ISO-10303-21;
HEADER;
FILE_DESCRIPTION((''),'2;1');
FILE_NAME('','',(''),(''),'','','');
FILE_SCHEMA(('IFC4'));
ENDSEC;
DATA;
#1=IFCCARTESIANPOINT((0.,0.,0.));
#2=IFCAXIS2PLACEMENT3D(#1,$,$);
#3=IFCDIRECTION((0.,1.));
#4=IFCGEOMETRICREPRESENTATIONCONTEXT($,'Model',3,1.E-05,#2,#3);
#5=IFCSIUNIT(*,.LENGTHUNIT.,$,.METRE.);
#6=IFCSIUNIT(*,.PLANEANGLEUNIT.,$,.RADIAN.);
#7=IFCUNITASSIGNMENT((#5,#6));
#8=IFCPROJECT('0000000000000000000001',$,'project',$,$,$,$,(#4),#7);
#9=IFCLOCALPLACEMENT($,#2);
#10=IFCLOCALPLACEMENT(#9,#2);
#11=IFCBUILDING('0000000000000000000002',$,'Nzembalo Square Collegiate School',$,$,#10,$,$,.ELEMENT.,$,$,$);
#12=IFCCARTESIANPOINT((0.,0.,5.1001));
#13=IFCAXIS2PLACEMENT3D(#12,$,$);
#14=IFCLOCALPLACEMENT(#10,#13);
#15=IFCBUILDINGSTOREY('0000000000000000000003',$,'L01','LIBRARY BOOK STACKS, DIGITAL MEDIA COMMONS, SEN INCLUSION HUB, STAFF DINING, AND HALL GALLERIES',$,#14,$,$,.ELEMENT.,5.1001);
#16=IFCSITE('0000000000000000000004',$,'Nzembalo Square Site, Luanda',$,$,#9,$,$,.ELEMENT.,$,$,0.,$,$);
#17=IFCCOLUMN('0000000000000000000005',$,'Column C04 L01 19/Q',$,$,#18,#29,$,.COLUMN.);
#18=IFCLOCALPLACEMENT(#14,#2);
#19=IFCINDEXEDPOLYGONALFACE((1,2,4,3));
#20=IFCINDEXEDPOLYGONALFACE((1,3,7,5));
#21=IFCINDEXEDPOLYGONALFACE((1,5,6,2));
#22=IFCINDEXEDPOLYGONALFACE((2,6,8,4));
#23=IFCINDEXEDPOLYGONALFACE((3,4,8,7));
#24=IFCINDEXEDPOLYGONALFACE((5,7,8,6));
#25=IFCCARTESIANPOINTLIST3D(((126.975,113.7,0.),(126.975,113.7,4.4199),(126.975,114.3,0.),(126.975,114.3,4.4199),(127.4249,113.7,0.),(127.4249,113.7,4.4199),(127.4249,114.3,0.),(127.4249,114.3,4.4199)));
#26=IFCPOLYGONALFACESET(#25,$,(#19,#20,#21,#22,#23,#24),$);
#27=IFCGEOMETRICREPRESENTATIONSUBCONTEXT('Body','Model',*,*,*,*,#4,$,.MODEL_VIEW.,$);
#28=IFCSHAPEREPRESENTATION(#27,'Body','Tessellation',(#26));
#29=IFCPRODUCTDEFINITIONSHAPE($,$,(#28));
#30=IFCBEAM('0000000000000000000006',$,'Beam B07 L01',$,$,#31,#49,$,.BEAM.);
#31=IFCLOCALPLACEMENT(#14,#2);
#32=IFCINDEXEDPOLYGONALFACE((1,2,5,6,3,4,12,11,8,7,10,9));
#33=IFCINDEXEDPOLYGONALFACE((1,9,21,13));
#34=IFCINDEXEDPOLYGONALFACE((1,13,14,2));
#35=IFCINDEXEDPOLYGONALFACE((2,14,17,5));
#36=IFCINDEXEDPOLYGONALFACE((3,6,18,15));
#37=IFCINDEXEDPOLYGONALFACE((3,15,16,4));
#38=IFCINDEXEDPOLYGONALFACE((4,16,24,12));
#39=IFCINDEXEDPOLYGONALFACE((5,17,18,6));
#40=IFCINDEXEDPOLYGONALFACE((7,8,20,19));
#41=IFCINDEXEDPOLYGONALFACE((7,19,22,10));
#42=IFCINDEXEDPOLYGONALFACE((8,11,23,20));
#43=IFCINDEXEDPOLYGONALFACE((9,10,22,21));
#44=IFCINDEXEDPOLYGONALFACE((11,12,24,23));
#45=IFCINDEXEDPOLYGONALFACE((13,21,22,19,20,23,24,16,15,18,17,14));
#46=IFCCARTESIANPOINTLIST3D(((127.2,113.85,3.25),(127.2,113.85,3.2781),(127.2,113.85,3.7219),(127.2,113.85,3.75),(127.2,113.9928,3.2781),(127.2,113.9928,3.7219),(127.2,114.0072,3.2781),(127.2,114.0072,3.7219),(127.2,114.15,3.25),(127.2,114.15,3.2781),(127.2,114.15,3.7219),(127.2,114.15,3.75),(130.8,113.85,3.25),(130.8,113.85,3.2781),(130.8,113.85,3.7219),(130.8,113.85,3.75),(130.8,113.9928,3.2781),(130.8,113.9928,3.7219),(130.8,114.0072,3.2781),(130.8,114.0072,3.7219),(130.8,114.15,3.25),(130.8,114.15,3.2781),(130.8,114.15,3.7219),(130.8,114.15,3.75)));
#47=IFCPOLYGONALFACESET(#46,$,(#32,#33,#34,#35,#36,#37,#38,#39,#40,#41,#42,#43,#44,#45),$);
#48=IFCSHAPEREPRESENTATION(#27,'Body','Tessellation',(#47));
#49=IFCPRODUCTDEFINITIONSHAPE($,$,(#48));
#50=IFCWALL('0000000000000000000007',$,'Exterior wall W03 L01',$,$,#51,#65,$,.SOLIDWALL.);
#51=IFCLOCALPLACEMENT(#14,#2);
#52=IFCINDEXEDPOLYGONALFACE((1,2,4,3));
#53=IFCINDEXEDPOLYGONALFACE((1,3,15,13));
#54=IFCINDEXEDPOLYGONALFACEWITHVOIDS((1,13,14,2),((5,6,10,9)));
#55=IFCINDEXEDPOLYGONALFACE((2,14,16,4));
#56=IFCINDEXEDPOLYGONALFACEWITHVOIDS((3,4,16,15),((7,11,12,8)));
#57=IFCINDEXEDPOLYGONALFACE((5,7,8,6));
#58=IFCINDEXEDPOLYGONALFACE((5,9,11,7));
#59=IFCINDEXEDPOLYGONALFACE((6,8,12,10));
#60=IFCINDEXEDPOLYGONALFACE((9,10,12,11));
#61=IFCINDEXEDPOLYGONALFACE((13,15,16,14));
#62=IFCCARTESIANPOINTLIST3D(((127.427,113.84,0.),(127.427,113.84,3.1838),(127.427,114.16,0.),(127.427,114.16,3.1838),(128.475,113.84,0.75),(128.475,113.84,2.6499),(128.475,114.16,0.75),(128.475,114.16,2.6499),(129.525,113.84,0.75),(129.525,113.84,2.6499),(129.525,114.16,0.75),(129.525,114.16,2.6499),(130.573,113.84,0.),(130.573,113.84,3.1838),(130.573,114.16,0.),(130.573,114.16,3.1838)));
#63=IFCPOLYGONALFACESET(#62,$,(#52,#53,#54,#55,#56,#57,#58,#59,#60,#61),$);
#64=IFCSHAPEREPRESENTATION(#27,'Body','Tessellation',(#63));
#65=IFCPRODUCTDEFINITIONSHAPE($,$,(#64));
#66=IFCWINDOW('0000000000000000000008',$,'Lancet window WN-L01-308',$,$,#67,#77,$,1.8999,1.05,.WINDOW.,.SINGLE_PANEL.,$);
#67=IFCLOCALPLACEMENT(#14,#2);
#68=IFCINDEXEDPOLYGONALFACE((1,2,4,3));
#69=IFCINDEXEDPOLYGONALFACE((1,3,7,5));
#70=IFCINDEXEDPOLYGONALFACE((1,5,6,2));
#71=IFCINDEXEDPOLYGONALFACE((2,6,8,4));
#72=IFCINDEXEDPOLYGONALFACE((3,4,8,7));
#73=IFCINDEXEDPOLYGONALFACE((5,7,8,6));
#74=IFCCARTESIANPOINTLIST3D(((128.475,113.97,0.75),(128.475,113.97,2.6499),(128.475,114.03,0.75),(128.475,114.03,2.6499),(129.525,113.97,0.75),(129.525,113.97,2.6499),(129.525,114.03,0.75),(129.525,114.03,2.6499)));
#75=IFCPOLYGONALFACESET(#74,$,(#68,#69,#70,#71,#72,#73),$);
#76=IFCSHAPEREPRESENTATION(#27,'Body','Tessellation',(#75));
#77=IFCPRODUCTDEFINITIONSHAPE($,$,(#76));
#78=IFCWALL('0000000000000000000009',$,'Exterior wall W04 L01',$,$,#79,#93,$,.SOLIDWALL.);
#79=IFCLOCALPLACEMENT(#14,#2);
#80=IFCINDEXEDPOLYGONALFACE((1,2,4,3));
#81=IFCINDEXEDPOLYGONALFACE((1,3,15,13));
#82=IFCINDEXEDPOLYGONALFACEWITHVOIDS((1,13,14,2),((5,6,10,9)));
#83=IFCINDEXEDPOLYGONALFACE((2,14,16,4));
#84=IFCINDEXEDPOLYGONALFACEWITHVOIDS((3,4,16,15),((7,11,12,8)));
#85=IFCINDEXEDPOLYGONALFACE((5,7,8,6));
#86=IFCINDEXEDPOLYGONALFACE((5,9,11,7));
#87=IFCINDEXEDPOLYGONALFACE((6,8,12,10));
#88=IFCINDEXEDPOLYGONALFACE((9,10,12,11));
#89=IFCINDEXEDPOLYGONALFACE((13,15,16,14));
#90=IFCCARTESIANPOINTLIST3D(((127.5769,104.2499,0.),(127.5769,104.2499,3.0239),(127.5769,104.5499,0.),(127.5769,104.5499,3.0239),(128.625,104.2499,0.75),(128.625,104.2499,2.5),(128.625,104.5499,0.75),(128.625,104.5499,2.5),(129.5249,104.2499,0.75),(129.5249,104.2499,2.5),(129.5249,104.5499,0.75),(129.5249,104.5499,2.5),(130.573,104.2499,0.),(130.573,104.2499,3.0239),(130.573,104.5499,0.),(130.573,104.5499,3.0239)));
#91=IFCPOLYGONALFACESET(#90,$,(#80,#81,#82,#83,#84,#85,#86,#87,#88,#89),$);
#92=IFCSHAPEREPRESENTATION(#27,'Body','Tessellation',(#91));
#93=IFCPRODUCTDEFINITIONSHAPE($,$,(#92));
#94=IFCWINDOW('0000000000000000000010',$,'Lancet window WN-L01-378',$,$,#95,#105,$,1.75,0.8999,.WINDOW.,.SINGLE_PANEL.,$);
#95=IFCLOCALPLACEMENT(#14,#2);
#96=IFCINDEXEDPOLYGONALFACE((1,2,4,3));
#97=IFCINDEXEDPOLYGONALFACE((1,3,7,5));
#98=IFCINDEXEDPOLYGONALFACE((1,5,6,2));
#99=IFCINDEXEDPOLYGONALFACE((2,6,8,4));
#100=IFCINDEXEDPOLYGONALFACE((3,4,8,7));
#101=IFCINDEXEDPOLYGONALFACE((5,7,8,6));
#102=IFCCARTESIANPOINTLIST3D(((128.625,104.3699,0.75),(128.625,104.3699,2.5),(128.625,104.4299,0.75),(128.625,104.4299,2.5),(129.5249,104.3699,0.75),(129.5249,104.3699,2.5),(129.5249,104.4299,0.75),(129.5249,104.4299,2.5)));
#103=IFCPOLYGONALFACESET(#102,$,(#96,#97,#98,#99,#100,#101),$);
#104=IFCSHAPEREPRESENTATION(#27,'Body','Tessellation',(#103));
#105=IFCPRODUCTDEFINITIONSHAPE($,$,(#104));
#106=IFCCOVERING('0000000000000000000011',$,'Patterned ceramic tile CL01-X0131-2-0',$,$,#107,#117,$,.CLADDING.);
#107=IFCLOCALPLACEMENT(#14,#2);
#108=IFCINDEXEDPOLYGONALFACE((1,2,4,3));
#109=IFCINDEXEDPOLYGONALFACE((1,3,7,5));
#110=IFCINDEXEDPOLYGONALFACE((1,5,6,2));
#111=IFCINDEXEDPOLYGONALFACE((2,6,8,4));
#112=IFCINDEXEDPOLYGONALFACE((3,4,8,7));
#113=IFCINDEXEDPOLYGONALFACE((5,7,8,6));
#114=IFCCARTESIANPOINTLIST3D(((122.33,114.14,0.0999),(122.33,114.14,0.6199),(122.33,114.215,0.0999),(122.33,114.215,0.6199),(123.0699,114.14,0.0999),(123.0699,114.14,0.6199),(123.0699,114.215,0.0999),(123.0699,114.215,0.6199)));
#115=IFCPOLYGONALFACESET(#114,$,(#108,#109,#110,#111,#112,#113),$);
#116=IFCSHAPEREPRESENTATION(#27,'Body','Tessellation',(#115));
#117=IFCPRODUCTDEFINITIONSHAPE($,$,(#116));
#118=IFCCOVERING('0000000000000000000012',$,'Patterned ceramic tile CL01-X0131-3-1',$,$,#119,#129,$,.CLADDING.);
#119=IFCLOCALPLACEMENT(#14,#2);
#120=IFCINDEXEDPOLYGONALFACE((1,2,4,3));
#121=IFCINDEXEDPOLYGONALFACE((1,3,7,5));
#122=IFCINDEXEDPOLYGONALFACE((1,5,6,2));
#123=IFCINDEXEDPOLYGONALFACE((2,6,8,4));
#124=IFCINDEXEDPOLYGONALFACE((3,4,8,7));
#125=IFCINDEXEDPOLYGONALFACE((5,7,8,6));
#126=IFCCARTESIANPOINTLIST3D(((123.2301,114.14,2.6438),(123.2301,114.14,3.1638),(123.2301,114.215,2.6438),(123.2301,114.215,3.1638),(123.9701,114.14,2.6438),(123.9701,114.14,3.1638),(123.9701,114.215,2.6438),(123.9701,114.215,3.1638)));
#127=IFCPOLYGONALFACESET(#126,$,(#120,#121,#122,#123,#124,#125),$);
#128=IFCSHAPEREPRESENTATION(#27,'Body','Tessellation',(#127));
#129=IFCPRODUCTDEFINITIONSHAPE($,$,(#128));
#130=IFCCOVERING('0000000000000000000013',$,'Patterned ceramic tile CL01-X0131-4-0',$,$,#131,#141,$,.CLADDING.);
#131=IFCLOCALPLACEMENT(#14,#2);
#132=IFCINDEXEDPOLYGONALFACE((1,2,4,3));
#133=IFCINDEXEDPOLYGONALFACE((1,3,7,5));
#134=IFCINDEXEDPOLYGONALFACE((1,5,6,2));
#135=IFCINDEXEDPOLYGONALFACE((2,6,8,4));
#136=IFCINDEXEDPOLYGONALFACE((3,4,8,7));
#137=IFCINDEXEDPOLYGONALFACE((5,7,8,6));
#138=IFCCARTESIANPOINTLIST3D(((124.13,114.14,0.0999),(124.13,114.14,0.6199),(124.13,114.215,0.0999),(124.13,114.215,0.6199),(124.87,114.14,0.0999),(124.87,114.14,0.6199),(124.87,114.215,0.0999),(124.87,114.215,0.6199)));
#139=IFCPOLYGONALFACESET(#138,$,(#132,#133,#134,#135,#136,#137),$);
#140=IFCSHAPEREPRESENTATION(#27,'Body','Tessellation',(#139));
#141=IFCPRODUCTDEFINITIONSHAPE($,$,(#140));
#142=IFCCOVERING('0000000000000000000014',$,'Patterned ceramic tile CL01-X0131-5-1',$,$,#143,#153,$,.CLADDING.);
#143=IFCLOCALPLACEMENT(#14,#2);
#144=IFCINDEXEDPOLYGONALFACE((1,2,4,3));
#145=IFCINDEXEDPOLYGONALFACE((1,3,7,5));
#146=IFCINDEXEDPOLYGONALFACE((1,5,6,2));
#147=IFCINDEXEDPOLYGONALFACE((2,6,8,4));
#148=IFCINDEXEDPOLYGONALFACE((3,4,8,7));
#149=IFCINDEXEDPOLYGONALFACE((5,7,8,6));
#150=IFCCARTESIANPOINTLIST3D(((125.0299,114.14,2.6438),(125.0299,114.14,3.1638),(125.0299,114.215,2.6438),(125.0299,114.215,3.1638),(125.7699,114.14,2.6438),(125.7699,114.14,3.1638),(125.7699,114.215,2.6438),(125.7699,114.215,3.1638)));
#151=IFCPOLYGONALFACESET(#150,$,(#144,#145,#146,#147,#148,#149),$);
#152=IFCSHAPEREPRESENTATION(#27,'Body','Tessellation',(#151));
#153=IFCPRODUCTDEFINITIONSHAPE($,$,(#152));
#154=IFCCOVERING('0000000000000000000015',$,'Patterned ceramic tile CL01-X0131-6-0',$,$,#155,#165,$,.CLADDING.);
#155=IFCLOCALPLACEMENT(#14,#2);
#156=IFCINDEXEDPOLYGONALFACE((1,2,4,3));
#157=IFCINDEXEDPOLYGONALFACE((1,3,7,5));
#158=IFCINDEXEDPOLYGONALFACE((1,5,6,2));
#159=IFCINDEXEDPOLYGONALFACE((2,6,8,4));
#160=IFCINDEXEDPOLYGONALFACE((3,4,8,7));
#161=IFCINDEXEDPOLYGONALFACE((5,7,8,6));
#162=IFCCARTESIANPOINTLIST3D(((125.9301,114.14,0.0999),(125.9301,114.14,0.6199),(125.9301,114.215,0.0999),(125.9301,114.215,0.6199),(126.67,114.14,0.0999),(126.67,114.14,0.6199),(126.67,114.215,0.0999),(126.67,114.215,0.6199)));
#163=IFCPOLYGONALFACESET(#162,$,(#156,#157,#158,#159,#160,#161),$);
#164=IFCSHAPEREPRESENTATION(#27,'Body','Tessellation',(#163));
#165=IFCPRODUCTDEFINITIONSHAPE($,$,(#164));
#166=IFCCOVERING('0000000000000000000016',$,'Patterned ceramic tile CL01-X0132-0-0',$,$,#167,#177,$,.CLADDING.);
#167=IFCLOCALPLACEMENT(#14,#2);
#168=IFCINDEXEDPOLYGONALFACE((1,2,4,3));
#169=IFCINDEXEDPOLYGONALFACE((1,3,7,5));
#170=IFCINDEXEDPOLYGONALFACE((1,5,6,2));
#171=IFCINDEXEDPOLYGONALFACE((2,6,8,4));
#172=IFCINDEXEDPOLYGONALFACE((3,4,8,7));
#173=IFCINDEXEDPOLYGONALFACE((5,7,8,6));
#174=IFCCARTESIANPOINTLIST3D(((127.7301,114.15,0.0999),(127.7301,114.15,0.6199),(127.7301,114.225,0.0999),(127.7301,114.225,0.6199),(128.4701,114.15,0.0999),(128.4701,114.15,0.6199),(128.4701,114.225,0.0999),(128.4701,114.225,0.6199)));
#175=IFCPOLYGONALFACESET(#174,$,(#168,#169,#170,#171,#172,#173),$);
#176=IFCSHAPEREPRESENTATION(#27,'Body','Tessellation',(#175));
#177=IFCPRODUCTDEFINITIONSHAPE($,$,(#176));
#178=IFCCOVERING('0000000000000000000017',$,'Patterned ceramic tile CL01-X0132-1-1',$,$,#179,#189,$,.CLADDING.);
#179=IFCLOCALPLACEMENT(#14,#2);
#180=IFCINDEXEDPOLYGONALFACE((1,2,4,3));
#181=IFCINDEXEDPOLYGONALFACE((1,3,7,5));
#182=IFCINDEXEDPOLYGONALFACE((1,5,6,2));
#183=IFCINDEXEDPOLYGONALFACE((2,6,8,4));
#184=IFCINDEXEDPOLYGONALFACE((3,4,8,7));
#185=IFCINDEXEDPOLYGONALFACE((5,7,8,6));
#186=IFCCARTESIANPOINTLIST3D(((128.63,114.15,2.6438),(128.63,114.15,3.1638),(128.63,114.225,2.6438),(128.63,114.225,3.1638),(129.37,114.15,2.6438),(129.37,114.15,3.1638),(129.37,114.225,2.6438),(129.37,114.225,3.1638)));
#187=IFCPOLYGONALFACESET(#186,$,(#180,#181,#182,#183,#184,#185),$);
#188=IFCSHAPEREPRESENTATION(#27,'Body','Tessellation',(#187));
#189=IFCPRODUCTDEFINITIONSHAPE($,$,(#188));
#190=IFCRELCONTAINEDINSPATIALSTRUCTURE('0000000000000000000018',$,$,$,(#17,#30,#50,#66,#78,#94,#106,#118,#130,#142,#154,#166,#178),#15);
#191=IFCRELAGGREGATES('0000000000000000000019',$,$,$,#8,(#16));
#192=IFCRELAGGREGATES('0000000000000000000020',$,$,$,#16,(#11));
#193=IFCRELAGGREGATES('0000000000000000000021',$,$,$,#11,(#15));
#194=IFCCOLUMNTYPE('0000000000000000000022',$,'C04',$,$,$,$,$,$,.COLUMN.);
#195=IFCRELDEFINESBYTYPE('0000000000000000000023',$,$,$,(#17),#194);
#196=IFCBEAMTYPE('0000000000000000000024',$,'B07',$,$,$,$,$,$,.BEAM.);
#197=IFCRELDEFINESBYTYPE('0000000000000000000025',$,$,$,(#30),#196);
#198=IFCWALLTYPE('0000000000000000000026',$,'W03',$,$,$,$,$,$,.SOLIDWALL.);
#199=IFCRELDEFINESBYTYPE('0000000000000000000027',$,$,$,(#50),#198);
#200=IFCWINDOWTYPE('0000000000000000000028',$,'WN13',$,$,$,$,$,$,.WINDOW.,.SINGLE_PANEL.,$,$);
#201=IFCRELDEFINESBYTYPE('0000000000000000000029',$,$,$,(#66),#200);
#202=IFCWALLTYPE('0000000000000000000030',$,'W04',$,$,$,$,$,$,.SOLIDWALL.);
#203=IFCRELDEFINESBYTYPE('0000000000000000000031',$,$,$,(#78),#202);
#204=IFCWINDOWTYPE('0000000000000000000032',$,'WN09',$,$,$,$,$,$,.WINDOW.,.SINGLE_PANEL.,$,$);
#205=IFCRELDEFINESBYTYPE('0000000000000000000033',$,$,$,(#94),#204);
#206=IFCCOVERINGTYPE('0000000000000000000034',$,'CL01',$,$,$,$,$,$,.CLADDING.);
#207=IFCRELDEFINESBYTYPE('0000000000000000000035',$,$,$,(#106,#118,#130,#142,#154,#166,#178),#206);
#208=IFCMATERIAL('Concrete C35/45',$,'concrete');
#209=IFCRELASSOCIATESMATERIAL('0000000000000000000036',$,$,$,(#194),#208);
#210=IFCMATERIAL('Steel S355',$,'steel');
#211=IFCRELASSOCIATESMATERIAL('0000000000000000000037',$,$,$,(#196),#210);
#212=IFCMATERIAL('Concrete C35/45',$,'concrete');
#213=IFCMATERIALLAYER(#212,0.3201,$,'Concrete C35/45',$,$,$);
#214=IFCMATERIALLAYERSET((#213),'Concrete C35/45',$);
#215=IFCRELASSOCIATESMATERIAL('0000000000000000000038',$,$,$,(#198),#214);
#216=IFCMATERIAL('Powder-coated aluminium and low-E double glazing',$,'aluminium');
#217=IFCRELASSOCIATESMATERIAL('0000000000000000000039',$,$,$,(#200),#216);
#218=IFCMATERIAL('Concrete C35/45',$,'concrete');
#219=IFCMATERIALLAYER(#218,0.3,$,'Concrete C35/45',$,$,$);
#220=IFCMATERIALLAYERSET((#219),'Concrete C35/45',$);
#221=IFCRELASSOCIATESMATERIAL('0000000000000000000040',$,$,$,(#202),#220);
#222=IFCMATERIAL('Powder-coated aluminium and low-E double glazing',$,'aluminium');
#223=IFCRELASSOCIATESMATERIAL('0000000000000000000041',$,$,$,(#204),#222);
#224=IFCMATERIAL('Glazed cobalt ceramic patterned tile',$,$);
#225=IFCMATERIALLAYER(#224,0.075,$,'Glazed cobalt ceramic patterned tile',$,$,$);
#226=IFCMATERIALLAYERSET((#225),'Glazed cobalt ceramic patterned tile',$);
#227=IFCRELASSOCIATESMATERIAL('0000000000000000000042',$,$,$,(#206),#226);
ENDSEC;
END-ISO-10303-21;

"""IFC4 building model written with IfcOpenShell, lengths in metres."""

from ifc_helpers import new_model, si_unit, direction, frame, frame_2d, origin, origin_2d, place, context, subcontext, project, spatial, rectangle, i_section, extrude, material, layer, layer_set, material_profile, profile_set, type_object, element, fill, save


model = new_model("IFC4")

# Units and contexts
model_context = context("Model", 3, precision=1e-05, world=origin(), true_north=direction((0.0, 1.0)))
body_context = subcontext(model_context, "Body", "Model", "MODEL_VIEW")
ifc_project = project(units=[si_unit("LENGTHUNIT", "METRE"), si_unit("PLANEANGLEUNIT", "RADIAN")], contexts=[model_context])

# Site, building, storey
site_placement = place(None, origin())
site = spatial("IfcSite", under=ifc_project, at=site_placement, Name="Nzembalo Square Site, Luanda", CompositionType="ELEMENT", RefElevation=0.0)
building_placement = place(site_placement, origin())
building = spatial("IfcBuilding", under=site, at=building_placement, Name="Nzembalo Square Collegiate School", CompositionType="ELEMENT")
storey_placement = place(building_placement, frame((0.0, 0.0, 5.1001)))
storey = spatial("IfcBuildingStorey", under=building, at=storey_placement, Name="L01", Description="LIBRARY BOOK STACKS, DIGITAL MEDIA COMMONS, SEN INCLUSION HUB, STAFF DINING, AND HALL GALLERIES", CompositionType="ELEMENT", Elevation=5.1001)

# Column
ifc_material_1 = material(Name="Concrete C35/45", Category="concrete")
ifc_material_profile_1 = material_profile(ifc_material_1, rectangle(XDim=0.45, YDim=0.6001, at=origin_2d()), Name="RC 450x600")
ifc_profile_set_1 = profile_set([ifc_material_profile_1], Name="Concrete C35/45")
column_type = type_object("IfcColumnType", Name="C04", PredefinedType="COLUMN", material=ifc_profile_set_1)
column_placement = place(storey_placement, frame((127.2, 114.0, 0.0), z_axis=(0.0, 0.0, 1.0), x_axis=(1.0, 0.0, 0.0)))
element("IfcColumn", 1, at=column_placement, inside=storey, type_object=column_type, Name="Column C04 L01 19/Q", PredefinedType="COLUMN", context=body_context, shape_type="SweptSolid", body=[
    extrude(rectangle(XDim=0.45, YDim=0.6001, at=origin_2d()), origin(), (0.0, 0.0, 1.0), 4.4199),
])

# Beam
ifc_material_2 = material(Name="Steel S355", Category="steel")
ifc_material_profile_2 = material_profile(ifc_material_2, i_section(OverallWidth=0.3, OverallDepth=0.5, WebThickness=0.0144, FlangeThickness=0.0281, at=origin_2d()), Name="HEB 500")
ifc_profile_set_2 = profile_set([ifc_material_profile_2], Name="Steel S355")
beam_type = type_object("IfcBeamType", Name="B07", PredefinedType="BEAM", material=ifc_profile_set_2)
beam_placement = place(storey_placement, frame((127.2, 114.0, 3.5), z_axis=(1.0, 0.0, 0.0), x_axis=(0.0, 1.0, 0.0)))
element("IfcBeam", 2, at=beam_placement, inside=storey, type_object=beam_type, Name="Beam B07 L01", PredefinedType="BEAM", context=body_context, shape_type="SweptSolid", body=[
    extrude(i_section(OverallWidth=0.3, OverallDepth=0.5, WebThickness=0.0144, FlangeThickness=0.0281, at=origin_2d()), origin(), (0.0, 0.0, 1.0), 3.6001),
])

# Walls, openings, windows
ifc_material_3 = material(Name="Concrete C35/45", Category="concrete")
ifc_layer_1 = layer(ifc_material_3, 0.3201, Name="Concrete C35/45")
ifc_layer_set_1 = layer_set([ifc_layer_1], Name="Concrete C35/45")
wall_type_1 = type_object("IfcWallType", Name="W03", PredefinedType="SOLIDWALL", material=ifc_layer_set_1)
wall_1_placement = place(storey_placement, frame((127.427, 114.0, 0.0), z_axis=(0.0, 0.0, 1.0), x_axis=(1.0, 0.0, 0.0)))
wall_1 = element("IfcWall", 3, at=wall_1_placement, inside=storey, type_object=wall_type_1, Name="Exterior wall W03 L01", PredefinedType="SOLIDWALL", context=body_context, shape_type="SweptSolid", body=[
    extrude(rectangle(XDim=3.146, YDim=0.3201, at=frame_2d((1.573, 0.0))), origin(), (0.0, 0.0, 1.0), 3.1838),
])
opening_1_placement = place(wall_1_placement, frame((1.0481, 0.0, 0.75)))
opening_1 = element("IfcOpeningElement", 4, at=opening_1_placement, cuts=wall_1, PredefinedType="OPENING", context=body_context, shape_type="SweptSolid", body=[
    extrude(rectangle(XDim=1.05, YDim=1.8999, at=frame_2d((0.5249, 0.95))), frame((0.0, 0.1699, 0.0), z_axis=(0.0, -1.0, 0.0), x_axis=(1.0, 0.0, 0.0)), (0.0, 0.0, 1.0), 0.3401),
])
ifc_material_4 = material(Name="Powder-coated aluminium and low-E double glazing", Category="aluminium")
window_type_1 = type_object("IfcWindowType", Name="WN13", PartitioningType="SINGLE_PANEL", PredefinedType="WINDOW", material=ifc_material_4)
window_1_placement = place(opening_1_placement, origin())
window_1 = element("IfcWindow", 5, at=window_1_placement, inside=storey, type_object=window_type_1, Name="Lancet window WN-L01-308", OverallHeight=1.8999, OverallWidth=1.05, PartitioningType="SINGLE_PANEL", PredefinedType="WINDOW", context=body_context, shape_type="SweptSolid", body=[
    extrude(rectangle(XDim=1.05, YDim=1.8999, at=frame_2d((0.5249, 0.95))), frame((0.0, 0.03, 0.0), z_axis=(0.0, -1.0, 0.0), x_axis=(1.0, 0.0, 0.0)), (0.0, 0.0, 1.0), 0.0601),
])
fill(opening_1, window_1)
ifc_material_5 = material(Name="Concrete C35/45", Category="concrete")
ifc_layer_2 = layer(ifc_material_5, 0.3, Name="Concrete C35/45")
ifc_layer_set_2 = layer_set([ifc_layer_2], Name="Concrete C35/45")
wall_type_2 = type_object("IfcWallType", Name="W04", PredefinedType="SOLIDWALL", material=ifc_layer_set_2)
wall_2_placement = place(storey_placement, frame((127.5769, 104.3999, 0.0), z_axis=(0.0, 0.0, 1.0), x_axis=(1.0, 0.0, 0.0)))
wall_2 = element("IfcWall", 6, at=wall_2_placement, inside=storey, type_object=wall_type_2, Name="Exterior wall W04 L01", PredefinedType="SOLIDWALL", context=body_context, shape_type="SweptSolid", body=[
    extrude(rectangle(XDim=2.9961, YDim=0.3, at=frame_2d((1.498, 0.0))), origin(), (0.0, 0.0, 1.0), 3.0239),
])
opening_2_placement = place(wall_2_placement, frame((1.0481, 0.0, 0.75)))
opening_2 = element("IfcOpeningElement", 7, at=opening_2_placement, cuts=wall_2, PredefinedType="OPENING", context=body_context, shape_type="SweptSolid", body=[
    extrude(rectangle(XDim=0.8999, YDim=1.75, at=frame_2d((0.45, 0.875))), frame((0.0, 0.1602, 0.0), z_axis=(0.0, -1.0, 0.0), x_axis=(1.0, 0.0, 0.0)), (0.0, 0.0, 1.0), 0.3201),
])
ifc_material_6 = material(Name="Powder-coated aluminium and low-E double glazing", Category="aluminium")
window_type_2 = type_object("IfcWindowType", Name="WN09", PartitioningType="SINGLE_PANEL", PredefinedType="WINDOW", material=ifc_material_6)
window_2_placement = place(opening_2_placement, origin())
window_2 = element("IfcWindow", 8, at=window_2_placement, inside=storey, type_object=window_type_2, Name="Lancet window WN-L01-378", OverallHeight=1.75, OverallWidth=0.8999, PartitioningType="SINGLE_PANEL", PredefinedType="WINDOW", context=body_context, shape_type="SweptSolid", body=[
    extrude(rectangle(XDim=0.8999, YDim=1.75, at=frame_2d((0.45, 0.875))), frame((0.0, 0.03, 0.0), z_axis=(0.0, -1.0, 0.0), x_axis=(1.0, 0.0, 0.0)), (0.0, 0.0, 1.0), 0.0601),
])
fill(opening_2, window_2)

# Coverings
ifc_material_7 = material(Name="Glazed cobalt ceramic patterned tile")
ifc_layer_3 = layer(ifc_material_7, 0.075, Name="Glazed cobalt ceramic patterned tile")
ifc_layer_set_3 = layer_set([ifc_layer_3], Name="Glazed cobalt ceramic patterned tile")
covering_type_1 = type_object("IfcCoveringType", Name="CL01", PredefinedType="CLADDING", material=ifc_layer_set_3)
for number, where, z_axis, x_axis, name in (
    (9, (122.7, 114.1775, 0.0999), (0.0, 0.0, 1.0), (1.0, 0.0, 0.0), "Patterned ceramic tile CL01-X0131-2-0"),
    (10, (123.6001, 114.1775, 2.6438), (0.0, 0.0, 1.0), (1.0, 0.0, 0.0), "Patterned ceramic tile CL01-X0131-3-1"),
    (11, (124.5, 114.1775, 0.0999), (0.0, 0.0, 1.0), (1.0, 0.0, 0.0), "Patterned ceramic tile CL01-X0131-4-0"),
    (12, (125.3999, 114.1775, 2.6438), (0.0, 0.0, 1.0), (1.0, 0.0, 0.0), "Patterned ceramic tile CL01-X0131-5-1"),
    (13, (126.3, 114.1775, 0.0999), (0.0, 0.0, 1.0), (1.0, 0.0, 0.0), "Patterned ceramic tile CL01-X0131-6-0"),
    (14, (128.1001, 114.1875, 0.0999), (0.0, 0.0, 1.0), (1.0, 0.0, 0.0), "Patterned ceramic tile CL01-X0132-0-0"),
    (15, (129.0, 114.1875, 2.6438), (0.0, 0.0, 1.0), (1.0, 0.0, 0.0), "Patterned ceramic tile CL01-X0132-1-1"),
):
    element("IfcCovering", number, at=place(storey_placement, frame(where, z_axis=z_axis, x_axis=x_axis)), inside=storey, type_object=covering_type_1, Name=name, PredefinedType="CLADDING", context=body_context, shape_type="SweptSolid", body=[
        extrude(rectangle(XDim=0.74, YDim=0.075, at=origin_2d()), origin(), (0.0, 0.0, 1.0), 0.52),
    ])

save(model, "model.ifc")
